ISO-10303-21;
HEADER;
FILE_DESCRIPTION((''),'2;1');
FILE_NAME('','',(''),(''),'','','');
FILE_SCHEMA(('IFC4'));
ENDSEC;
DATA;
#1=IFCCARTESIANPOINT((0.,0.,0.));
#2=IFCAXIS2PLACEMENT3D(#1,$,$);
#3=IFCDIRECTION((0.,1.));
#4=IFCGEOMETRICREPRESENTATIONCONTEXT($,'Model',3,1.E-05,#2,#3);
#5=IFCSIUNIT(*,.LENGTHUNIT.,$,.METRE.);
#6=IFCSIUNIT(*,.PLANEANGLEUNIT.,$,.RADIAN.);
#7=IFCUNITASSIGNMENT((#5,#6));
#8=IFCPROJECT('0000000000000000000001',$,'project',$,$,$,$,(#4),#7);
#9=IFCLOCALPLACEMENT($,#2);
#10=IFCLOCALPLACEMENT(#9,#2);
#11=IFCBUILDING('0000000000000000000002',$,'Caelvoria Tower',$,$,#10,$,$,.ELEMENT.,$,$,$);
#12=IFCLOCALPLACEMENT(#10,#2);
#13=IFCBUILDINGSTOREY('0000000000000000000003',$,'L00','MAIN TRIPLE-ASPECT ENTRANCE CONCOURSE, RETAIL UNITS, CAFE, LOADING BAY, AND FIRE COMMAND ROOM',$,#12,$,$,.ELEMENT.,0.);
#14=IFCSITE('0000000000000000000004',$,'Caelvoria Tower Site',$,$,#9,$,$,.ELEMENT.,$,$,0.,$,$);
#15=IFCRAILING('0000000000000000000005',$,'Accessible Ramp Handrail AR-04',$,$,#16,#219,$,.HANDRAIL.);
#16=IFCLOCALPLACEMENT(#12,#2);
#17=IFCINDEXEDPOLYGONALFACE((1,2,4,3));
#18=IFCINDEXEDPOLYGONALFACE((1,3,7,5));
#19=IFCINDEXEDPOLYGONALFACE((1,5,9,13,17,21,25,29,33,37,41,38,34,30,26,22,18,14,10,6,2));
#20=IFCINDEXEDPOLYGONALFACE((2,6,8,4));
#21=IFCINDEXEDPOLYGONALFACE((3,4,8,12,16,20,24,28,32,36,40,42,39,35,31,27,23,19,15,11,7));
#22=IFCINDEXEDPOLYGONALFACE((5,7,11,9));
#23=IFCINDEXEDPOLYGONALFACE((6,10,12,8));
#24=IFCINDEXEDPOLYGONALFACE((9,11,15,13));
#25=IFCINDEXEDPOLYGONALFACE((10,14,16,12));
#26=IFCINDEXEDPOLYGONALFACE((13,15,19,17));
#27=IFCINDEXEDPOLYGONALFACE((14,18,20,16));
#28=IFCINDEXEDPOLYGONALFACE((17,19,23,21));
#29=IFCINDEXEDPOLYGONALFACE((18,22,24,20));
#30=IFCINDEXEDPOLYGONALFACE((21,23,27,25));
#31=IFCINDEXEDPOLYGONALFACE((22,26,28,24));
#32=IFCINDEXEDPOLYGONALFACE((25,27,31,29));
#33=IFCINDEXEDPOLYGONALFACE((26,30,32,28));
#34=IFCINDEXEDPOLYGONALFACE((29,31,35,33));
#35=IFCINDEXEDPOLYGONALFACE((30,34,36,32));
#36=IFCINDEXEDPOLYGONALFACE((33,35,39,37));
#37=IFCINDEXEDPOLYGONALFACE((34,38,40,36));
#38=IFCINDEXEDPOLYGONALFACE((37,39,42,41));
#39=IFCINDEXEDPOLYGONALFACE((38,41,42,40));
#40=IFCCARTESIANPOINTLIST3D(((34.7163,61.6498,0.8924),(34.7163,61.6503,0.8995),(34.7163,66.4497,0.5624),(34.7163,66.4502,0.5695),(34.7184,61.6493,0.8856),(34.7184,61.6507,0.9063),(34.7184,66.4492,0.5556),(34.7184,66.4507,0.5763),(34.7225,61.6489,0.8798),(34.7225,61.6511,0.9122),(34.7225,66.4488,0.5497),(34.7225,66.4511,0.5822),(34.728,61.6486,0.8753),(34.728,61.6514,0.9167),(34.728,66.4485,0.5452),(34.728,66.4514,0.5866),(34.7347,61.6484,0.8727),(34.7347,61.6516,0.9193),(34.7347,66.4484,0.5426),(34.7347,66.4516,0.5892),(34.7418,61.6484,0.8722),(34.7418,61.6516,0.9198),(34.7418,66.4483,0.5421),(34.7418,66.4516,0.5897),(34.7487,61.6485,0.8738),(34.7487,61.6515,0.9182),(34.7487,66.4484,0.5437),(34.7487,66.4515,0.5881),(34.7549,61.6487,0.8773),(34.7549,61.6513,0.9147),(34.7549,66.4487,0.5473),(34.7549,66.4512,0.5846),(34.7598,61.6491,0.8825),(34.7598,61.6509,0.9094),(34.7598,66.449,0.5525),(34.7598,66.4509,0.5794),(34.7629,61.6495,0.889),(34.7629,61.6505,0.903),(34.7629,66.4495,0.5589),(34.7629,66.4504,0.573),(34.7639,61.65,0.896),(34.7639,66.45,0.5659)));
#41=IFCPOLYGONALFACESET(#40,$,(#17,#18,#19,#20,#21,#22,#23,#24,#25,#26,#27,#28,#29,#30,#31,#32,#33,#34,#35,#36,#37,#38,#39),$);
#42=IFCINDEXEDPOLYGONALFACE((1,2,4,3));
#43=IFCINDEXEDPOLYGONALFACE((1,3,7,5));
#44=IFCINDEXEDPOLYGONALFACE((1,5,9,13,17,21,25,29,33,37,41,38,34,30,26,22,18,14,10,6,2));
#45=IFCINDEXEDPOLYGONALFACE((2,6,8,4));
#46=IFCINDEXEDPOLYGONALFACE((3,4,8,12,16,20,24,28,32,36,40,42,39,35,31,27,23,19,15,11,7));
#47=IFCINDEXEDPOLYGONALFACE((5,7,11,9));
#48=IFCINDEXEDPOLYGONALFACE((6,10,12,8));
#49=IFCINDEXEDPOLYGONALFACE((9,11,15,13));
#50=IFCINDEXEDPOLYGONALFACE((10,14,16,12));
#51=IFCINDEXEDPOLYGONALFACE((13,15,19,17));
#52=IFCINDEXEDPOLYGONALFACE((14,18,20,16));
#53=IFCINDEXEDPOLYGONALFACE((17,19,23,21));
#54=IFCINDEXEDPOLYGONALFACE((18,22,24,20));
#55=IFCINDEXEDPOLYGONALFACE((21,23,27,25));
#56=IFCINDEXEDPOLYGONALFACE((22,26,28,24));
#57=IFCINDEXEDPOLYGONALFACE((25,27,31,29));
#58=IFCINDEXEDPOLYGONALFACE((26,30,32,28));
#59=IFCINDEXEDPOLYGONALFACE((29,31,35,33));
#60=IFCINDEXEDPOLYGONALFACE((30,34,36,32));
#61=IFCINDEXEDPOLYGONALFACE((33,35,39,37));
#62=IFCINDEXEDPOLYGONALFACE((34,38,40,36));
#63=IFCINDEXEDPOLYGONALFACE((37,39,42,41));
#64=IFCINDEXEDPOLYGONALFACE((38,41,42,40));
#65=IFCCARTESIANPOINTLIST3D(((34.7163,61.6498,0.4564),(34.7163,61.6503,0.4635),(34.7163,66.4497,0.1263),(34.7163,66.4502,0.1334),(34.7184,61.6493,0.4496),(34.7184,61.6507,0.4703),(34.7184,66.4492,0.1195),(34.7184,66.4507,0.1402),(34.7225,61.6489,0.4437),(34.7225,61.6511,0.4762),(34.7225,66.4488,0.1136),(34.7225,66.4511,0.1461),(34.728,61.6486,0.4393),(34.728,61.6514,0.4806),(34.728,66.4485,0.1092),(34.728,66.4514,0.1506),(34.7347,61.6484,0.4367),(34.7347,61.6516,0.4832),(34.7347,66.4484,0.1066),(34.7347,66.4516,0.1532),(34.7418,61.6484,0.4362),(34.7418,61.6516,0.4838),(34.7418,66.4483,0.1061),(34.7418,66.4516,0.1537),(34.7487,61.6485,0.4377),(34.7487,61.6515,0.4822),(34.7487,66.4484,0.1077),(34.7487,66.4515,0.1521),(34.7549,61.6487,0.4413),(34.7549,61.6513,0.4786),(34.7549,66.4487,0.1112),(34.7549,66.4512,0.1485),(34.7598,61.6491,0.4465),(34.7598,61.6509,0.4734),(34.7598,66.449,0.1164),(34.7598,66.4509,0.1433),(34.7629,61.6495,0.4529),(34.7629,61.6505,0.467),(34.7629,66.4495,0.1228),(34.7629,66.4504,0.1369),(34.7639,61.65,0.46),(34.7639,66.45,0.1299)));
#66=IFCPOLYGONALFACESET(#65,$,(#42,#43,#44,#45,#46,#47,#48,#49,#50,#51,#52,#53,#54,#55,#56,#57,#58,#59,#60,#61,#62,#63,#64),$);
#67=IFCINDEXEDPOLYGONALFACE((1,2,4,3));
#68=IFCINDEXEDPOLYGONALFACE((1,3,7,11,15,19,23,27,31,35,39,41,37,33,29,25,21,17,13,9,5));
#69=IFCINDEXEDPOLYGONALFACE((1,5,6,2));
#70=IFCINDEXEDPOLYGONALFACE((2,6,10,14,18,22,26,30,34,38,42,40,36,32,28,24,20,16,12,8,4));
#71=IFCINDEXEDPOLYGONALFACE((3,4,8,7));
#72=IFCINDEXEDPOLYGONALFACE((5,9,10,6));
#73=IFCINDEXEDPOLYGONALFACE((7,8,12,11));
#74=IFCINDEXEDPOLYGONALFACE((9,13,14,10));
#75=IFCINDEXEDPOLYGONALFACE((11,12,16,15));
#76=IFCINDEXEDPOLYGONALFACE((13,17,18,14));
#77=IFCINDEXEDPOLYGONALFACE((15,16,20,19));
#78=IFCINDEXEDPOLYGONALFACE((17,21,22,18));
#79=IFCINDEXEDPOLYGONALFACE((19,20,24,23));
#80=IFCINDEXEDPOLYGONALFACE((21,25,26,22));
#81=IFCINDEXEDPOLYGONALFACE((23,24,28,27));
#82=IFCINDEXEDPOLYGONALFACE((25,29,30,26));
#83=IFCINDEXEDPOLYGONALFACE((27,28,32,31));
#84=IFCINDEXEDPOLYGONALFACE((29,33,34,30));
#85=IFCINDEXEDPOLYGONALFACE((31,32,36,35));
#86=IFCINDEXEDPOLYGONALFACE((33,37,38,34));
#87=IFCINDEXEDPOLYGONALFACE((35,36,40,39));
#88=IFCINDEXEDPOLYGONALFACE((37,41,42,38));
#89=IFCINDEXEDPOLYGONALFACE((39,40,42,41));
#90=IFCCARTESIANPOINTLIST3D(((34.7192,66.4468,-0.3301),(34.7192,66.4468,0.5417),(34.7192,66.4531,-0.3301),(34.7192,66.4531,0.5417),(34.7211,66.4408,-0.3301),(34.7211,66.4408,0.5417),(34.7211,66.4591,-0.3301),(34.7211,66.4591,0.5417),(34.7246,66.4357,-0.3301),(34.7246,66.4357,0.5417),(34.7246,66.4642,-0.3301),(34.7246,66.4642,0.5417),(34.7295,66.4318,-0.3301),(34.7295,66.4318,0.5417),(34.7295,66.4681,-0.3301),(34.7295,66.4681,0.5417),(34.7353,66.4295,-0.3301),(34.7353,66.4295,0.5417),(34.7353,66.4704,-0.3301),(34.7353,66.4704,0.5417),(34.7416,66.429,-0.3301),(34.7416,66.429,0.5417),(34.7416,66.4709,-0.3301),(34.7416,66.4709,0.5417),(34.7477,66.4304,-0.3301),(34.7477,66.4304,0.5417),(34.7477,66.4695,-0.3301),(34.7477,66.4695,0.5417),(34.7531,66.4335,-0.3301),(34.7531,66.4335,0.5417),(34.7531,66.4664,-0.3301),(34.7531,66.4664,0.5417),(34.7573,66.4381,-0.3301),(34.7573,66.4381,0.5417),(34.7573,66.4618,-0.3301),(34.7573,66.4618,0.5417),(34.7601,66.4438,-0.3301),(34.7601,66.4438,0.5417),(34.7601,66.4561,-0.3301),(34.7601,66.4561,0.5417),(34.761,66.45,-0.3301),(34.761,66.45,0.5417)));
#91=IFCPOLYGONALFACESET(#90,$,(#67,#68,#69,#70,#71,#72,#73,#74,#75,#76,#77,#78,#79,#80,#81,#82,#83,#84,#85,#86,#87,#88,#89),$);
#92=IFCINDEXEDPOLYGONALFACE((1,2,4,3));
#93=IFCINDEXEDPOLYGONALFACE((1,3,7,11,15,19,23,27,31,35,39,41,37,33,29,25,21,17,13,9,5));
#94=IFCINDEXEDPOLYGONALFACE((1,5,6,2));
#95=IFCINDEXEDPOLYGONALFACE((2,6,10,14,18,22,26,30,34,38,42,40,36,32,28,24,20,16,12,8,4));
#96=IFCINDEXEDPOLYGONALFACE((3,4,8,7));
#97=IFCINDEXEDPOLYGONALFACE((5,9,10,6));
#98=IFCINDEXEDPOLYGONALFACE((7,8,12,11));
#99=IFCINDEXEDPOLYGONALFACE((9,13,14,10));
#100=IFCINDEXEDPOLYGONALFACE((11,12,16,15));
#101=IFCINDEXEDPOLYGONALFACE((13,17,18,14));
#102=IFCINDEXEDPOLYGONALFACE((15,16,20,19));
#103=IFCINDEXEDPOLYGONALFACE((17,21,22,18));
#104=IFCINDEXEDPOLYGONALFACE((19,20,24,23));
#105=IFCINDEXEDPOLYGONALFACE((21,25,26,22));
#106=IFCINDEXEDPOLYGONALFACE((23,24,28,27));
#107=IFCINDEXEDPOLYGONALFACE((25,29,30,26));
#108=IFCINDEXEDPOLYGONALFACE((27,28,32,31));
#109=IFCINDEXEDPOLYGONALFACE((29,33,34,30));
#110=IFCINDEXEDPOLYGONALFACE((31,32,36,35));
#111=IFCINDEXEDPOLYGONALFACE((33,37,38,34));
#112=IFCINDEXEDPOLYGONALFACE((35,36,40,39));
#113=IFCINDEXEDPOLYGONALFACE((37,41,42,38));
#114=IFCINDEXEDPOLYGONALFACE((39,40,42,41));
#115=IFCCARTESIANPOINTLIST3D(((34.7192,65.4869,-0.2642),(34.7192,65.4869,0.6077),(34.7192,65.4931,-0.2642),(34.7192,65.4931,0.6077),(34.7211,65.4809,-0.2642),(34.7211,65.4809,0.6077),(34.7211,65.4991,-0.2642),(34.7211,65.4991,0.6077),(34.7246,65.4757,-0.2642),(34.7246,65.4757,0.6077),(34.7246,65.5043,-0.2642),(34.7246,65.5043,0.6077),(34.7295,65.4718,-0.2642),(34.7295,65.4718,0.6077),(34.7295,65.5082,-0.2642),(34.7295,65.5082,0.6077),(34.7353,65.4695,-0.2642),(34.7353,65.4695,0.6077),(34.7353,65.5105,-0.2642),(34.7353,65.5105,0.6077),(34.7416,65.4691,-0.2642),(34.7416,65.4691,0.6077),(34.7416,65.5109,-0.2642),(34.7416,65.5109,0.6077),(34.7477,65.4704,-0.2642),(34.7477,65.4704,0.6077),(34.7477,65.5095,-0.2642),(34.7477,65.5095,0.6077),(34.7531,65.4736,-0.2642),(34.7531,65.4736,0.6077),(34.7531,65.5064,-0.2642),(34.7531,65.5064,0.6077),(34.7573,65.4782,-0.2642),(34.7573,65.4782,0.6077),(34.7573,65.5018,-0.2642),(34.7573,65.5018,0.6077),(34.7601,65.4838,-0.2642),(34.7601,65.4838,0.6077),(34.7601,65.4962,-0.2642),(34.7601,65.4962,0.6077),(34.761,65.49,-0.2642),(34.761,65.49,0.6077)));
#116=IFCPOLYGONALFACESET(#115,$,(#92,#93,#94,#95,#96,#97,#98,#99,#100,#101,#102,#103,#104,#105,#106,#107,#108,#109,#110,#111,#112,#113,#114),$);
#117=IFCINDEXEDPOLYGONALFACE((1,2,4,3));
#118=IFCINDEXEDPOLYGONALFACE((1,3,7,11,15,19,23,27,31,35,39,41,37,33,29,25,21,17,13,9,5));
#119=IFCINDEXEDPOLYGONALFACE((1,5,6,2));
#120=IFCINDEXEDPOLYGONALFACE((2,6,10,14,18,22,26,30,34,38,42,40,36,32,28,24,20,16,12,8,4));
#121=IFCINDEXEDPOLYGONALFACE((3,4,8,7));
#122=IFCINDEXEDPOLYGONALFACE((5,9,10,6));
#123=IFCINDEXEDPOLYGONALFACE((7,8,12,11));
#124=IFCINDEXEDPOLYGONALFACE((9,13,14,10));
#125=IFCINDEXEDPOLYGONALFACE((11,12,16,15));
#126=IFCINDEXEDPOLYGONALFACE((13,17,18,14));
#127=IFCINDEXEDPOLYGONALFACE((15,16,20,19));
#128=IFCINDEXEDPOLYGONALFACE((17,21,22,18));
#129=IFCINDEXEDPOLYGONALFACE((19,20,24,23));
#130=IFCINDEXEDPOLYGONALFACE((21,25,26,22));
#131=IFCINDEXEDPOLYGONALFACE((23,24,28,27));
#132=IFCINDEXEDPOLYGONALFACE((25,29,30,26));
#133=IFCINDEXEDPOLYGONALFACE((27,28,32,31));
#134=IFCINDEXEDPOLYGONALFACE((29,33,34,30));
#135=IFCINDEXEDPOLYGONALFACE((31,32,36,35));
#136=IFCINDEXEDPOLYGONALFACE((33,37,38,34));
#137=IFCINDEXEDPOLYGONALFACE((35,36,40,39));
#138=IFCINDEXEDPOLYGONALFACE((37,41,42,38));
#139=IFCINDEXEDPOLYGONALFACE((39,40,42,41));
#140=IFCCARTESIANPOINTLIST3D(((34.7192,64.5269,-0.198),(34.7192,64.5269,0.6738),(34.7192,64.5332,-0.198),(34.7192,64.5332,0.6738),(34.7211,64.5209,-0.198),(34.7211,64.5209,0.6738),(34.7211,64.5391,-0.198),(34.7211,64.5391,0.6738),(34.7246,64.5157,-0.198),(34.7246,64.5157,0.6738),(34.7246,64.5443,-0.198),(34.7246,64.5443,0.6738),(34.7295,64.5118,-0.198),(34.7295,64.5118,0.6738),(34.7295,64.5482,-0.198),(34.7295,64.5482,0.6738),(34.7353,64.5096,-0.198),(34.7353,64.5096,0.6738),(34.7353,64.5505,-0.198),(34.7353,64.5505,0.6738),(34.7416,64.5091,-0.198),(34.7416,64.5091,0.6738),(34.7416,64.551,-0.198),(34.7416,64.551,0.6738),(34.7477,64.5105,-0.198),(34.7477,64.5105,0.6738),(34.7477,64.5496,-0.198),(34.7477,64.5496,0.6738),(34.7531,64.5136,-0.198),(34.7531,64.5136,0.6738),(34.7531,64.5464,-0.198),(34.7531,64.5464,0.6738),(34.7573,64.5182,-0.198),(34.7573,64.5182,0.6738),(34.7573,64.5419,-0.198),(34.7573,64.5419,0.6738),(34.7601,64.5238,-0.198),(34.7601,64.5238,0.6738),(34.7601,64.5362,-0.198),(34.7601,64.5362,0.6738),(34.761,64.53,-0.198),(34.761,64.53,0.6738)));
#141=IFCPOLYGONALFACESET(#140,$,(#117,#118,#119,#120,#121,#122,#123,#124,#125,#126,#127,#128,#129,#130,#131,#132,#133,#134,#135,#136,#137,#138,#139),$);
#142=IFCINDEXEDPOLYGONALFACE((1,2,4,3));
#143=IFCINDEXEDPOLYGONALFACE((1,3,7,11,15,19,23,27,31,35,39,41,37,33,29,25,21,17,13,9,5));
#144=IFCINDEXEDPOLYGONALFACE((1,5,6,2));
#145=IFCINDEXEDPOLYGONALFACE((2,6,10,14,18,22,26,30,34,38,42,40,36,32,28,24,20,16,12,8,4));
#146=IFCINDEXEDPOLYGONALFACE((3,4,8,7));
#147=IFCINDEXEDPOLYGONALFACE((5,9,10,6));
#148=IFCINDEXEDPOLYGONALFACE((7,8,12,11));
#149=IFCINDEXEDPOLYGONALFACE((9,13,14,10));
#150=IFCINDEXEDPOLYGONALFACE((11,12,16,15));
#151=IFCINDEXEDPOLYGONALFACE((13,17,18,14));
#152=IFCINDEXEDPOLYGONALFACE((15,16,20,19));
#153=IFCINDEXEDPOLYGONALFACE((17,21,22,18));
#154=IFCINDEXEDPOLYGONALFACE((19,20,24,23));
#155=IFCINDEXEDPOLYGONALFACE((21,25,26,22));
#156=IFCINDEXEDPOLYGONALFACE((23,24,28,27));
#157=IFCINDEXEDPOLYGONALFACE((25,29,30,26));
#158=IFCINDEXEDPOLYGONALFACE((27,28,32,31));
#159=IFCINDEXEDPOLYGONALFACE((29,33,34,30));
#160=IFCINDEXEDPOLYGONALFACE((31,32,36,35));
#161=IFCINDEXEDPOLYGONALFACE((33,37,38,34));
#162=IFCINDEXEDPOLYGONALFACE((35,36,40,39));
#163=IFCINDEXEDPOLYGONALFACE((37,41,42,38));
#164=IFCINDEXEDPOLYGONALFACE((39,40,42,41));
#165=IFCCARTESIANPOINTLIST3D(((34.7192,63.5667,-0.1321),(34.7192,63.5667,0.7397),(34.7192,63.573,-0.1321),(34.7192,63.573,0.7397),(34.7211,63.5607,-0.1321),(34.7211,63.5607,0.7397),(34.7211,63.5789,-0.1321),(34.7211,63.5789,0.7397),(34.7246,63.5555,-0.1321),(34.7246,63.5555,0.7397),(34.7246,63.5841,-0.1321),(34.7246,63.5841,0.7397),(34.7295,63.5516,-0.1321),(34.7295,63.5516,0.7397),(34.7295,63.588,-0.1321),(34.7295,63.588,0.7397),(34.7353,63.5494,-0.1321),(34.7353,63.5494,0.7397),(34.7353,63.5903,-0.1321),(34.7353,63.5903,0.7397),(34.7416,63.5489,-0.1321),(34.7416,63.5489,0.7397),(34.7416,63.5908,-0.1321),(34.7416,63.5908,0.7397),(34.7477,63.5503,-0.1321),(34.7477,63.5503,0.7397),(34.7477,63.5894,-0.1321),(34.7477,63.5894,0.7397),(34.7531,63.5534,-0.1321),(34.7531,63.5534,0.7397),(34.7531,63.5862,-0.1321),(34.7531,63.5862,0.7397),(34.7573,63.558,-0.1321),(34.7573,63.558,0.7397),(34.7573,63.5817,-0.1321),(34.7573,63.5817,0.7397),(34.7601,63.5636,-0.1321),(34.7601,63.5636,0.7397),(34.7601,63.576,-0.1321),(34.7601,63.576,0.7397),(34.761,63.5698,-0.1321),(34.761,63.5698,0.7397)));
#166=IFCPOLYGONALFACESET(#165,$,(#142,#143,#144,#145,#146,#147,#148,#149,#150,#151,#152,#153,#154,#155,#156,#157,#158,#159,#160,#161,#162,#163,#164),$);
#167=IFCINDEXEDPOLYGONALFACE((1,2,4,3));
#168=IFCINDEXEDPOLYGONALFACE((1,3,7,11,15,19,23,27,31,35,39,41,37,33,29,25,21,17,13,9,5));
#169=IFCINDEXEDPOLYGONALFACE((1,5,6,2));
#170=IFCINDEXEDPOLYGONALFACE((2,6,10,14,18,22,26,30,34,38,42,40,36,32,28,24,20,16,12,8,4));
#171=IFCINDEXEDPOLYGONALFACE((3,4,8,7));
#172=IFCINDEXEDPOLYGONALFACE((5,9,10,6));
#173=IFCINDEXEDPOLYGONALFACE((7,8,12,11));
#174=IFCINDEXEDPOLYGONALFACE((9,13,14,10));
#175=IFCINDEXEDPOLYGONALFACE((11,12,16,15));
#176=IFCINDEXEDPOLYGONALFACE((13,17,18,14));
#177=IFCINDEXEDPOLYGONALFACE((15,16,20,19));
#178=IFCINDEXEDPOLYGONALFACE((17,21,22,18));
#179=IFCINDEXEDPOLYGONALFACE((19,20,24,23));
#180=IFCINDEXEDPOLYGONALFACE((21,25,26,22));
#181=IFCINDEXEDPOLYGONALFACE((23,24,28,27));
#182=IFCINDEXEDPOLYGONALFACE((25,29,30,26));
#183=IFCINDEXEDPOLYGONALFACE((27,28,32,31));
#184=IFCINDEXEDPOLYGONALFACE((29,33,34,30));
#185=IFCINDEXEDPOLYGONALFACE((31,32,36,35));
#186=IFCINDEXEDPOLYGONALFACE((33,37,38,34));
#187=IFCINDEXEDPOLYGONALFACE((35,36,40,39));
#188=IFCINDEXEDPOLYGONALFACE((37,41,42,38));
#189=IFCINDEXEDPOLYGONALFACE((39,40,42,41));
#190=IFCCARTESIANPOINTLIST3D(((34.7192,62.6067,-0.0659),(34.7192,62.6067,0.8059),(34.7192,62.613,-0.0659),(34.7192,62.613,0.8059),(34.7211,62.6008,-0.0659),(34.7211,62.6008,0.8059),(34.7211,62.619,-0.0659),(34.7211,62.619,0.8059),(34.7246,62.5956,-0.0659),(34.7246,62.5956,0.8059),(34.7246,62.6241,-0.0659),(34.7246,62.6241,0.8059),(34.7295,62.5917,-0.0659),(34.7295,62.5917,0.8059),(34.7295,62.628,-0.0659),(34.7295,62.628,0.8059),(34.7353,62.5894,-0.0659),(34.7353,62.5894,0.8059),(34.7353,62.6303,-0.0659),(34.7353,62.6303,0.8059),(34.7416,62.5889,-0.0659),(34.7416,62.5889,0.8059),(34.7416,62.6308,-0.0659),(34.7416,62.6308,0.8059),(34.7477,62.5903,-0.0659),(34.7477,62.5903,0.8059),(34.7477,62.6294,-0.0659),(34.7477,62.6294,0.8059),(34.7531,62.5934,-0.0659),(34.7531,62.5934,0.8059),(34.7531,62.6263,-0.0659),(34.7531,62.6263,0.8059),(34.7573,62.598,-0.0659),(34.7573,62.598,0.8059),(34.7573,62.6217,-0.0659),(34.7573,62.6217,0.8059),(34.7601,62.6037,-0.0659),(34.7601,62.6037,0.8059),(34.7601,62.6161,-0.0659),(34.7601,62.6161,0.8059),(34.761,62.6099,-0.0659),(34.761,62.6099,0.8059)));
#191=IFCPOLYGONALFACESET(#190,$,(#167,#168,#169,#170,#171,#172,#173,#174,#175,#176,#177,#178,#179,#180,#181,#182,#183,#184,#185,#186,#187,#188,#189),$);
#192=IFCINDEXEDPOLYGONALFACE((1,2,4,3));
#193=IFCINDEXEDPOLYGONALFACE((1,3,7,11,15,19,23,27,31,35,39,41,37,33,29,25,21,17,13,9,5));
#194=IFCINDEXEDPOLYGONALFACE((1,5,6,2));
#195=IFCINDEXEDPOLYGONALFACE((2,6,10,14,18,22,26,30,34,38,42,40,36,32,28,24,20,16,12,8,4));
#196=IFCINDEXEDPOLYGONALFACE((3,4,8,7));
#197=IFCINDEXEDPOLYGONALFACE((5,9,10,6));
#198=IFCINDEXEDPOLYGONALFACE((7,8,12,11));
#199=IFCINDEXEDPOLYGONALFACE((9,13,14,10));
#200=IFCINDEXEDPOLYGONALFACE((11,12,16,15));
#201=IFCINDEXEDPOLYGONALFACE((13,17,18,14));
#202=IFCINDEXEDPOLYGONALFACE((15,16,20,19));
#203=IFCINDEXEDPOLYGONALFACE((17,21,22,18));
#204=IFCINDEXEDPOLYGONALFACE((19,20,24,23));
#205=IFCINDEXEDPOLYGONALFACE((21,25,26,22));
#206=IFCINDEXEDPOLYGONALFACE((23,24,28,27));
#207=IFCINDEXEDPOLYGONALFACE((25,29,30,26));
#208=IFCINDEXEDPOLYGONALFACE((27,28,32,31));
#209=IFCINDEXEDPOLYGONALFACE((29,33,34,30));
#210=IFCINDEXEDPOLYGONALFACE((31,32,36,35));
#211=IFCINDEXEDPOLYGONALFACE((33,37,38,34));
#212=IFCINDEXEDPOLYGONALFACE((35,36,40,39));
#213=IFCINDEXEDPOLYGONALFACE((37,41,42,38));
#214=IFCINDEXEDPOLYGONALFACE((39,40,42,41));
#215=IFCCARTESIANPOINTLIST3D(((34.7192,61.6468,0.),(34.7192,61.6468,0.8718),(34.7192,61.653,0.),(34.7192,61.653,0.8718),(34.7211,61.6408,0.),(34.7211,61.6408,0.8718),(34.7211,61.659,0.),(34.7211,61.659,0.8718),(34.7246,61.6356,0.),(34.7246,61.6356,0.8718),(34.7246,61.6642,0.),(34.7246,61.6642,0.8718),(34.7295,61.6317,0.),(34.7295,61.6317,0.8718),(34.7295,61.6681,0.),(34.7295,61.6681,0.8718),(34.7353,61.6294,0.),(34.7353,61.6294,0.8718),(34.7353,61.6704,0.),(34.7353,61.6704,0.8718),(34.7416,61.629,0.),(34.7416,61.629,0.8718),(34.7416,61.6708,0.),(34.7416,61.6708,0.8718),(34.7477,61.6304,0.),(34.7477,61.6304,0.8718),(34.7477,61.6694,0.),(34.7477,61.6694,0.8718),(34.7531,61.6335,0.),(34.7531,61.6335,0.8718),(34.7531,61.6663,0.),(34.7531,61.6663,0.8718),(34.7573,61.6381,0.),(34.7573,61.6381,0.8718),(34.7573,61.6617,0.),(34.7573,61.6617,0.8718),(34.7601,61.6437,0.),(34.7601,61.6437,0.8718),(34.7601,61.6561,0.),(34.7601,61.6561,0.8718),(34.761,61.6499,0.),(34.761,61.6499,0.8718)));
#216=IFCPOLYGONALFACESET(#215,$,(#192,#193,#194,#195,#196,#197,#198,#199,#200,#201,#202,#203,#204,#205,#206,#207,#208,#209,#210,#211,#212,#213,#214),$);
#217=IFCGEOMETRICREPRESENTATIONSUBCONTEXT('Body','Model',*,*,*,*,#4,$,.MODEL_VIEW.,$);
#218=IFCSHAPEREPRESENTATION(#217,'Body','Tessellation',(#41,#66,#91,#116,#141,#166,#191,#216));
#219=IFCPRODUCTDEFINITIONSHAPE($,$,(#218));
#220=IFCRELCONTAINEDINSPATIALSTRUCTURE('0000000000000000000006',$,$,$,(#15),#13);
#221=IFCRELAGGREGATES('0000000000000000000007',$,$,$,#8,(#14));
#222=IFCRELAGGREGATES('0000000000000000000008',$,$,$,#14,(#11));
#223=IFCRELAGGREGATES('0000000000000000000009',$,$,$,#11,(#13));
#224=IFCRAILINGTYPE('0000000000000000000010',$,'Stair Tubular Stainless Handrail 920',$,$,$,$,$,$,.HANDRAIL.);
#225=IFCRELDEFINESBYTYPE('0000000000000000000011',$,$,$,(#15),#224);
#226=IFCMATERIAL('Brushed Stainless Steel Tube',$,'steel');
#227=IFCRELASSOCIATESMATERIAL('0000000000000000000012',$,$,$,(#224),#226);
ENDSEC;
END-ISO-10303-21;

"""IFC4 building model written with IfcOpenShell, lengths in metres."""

from ifc_helpers import new_model, si_unit, direction, frame, origin, origin_2d, place, context, subcontext, project, spatial, circle, extrude, material, type_object, element, save


model = new_model("IFC4")

# Units and contexts
model_context = context("Model", 3, precision=1e-05, world=origin(), true_north=direction((0.0, 1.0)))
body_context = subcontext(model_context, "Body", "Model", "MODEL_VIEW")
ifc_project = project(units=[si_unit("LENGTHUNIT", "METRE"), si_unit("PLANEANGLEUNIT", "RADIAN")], contexts=[model_context])

# Site, building, storey
site_placement = place(None, origin())
site = spatial("IfcSite", under=ifc_project, at=site_placement, Name="Caelvoria Tower Site", CompositionType="ELEMENT", RefElevation=0.0)
building_placement = place(site_placement, origin())
building = spatial("IfcBuilding", under=site, at=building_placement, Name="Caelvoria Tower", CompositionType="ELEMENT")
storey_placement = place(building_placement, origin())
storey = spatial("IfcBuildingStorey", under=building, at=storey_placement, Name="L00", Description="MAIN TRIPLE-ASPECT ENTRANCE CONCOURSE, RETAIL UNITS, CAFE, LOADING BAY, AND FIRE COMMAND ROOM", CompositionType="ELEMENT", Elevation=0.0)

# Railing
ifc_material_1 = material(Name="Brushed Stainless Steel Tube", Category="steel")
railing_type_1 = type_object("IfcRailingType", Name="Stair Tubular Stainless Handrail 920", PredefinedType="HANDRAIL", material=ifc_material_1)
railing_1_placement = place(storey_placement, frame((34.74, 66.45, -0.3301)))
element("IfcRailing", 1, at=railing_1_placement, inside=storey, type_object=railing_type_1, Name="Accessible Ramp Handrail AR-04", PredefinedType="HANDRAIL", context=body_context, shape_type="SweptSolid", body=[
    extrude(circle(Radius=0.0239, at=origin_2d()), frame((0.0, 0.0, 0.896), z_axis=(0.0, -0.997644, 0.068604), x_axis=(1.0, 0.0, 0.0)), (0.0, 0.0, 1.0), 4.8113),
    extrude(circle(Radius=0.0239, at=origin_2d()), frame((0.0, 0.0, 0.46), z_axis=(0.0, -0.997644, 0.068604), x_axis=(1.0, 0.0, 0.0)), (0.0, 0.0, 1.0), 4.8113),
    extrude(circle(Radius=0.021, at=origin_2d()), origin(), (0.0, 0.0, 1.0), 0.8718),
    extrude(circle(Radius=0.021, at=origin_2d()), frame((0.0, -0.96, 0.0659)), (0.0, 0.0, 1.0), 0.8718),
    extrude(circle(Radius=0.021, at=origin_2d()), frame((0.0, -1.9199, 0.1321)), (0.0, 0.0, 1.0), 0.8718),
    extrude(circle(Radius=0.021, at=origin_2d()), frame((0.0, -2.8801, 0.198)), (0.0, 0.0, 1.0), 0.8718),
    extrude(circle(Radius=0.021, at=origin_2d()), frame((0.0, -3.8401, 0.2642)), (0.0, 0.0, 1.0), 0.8718),
    extrude(circle(Radius=0.021, at=origin_2d()), frame((0.0, -4.8, 0.3301)), (0.0, 0.0, 1.0), 0.8718),
])

save(model, "model.ifc")
